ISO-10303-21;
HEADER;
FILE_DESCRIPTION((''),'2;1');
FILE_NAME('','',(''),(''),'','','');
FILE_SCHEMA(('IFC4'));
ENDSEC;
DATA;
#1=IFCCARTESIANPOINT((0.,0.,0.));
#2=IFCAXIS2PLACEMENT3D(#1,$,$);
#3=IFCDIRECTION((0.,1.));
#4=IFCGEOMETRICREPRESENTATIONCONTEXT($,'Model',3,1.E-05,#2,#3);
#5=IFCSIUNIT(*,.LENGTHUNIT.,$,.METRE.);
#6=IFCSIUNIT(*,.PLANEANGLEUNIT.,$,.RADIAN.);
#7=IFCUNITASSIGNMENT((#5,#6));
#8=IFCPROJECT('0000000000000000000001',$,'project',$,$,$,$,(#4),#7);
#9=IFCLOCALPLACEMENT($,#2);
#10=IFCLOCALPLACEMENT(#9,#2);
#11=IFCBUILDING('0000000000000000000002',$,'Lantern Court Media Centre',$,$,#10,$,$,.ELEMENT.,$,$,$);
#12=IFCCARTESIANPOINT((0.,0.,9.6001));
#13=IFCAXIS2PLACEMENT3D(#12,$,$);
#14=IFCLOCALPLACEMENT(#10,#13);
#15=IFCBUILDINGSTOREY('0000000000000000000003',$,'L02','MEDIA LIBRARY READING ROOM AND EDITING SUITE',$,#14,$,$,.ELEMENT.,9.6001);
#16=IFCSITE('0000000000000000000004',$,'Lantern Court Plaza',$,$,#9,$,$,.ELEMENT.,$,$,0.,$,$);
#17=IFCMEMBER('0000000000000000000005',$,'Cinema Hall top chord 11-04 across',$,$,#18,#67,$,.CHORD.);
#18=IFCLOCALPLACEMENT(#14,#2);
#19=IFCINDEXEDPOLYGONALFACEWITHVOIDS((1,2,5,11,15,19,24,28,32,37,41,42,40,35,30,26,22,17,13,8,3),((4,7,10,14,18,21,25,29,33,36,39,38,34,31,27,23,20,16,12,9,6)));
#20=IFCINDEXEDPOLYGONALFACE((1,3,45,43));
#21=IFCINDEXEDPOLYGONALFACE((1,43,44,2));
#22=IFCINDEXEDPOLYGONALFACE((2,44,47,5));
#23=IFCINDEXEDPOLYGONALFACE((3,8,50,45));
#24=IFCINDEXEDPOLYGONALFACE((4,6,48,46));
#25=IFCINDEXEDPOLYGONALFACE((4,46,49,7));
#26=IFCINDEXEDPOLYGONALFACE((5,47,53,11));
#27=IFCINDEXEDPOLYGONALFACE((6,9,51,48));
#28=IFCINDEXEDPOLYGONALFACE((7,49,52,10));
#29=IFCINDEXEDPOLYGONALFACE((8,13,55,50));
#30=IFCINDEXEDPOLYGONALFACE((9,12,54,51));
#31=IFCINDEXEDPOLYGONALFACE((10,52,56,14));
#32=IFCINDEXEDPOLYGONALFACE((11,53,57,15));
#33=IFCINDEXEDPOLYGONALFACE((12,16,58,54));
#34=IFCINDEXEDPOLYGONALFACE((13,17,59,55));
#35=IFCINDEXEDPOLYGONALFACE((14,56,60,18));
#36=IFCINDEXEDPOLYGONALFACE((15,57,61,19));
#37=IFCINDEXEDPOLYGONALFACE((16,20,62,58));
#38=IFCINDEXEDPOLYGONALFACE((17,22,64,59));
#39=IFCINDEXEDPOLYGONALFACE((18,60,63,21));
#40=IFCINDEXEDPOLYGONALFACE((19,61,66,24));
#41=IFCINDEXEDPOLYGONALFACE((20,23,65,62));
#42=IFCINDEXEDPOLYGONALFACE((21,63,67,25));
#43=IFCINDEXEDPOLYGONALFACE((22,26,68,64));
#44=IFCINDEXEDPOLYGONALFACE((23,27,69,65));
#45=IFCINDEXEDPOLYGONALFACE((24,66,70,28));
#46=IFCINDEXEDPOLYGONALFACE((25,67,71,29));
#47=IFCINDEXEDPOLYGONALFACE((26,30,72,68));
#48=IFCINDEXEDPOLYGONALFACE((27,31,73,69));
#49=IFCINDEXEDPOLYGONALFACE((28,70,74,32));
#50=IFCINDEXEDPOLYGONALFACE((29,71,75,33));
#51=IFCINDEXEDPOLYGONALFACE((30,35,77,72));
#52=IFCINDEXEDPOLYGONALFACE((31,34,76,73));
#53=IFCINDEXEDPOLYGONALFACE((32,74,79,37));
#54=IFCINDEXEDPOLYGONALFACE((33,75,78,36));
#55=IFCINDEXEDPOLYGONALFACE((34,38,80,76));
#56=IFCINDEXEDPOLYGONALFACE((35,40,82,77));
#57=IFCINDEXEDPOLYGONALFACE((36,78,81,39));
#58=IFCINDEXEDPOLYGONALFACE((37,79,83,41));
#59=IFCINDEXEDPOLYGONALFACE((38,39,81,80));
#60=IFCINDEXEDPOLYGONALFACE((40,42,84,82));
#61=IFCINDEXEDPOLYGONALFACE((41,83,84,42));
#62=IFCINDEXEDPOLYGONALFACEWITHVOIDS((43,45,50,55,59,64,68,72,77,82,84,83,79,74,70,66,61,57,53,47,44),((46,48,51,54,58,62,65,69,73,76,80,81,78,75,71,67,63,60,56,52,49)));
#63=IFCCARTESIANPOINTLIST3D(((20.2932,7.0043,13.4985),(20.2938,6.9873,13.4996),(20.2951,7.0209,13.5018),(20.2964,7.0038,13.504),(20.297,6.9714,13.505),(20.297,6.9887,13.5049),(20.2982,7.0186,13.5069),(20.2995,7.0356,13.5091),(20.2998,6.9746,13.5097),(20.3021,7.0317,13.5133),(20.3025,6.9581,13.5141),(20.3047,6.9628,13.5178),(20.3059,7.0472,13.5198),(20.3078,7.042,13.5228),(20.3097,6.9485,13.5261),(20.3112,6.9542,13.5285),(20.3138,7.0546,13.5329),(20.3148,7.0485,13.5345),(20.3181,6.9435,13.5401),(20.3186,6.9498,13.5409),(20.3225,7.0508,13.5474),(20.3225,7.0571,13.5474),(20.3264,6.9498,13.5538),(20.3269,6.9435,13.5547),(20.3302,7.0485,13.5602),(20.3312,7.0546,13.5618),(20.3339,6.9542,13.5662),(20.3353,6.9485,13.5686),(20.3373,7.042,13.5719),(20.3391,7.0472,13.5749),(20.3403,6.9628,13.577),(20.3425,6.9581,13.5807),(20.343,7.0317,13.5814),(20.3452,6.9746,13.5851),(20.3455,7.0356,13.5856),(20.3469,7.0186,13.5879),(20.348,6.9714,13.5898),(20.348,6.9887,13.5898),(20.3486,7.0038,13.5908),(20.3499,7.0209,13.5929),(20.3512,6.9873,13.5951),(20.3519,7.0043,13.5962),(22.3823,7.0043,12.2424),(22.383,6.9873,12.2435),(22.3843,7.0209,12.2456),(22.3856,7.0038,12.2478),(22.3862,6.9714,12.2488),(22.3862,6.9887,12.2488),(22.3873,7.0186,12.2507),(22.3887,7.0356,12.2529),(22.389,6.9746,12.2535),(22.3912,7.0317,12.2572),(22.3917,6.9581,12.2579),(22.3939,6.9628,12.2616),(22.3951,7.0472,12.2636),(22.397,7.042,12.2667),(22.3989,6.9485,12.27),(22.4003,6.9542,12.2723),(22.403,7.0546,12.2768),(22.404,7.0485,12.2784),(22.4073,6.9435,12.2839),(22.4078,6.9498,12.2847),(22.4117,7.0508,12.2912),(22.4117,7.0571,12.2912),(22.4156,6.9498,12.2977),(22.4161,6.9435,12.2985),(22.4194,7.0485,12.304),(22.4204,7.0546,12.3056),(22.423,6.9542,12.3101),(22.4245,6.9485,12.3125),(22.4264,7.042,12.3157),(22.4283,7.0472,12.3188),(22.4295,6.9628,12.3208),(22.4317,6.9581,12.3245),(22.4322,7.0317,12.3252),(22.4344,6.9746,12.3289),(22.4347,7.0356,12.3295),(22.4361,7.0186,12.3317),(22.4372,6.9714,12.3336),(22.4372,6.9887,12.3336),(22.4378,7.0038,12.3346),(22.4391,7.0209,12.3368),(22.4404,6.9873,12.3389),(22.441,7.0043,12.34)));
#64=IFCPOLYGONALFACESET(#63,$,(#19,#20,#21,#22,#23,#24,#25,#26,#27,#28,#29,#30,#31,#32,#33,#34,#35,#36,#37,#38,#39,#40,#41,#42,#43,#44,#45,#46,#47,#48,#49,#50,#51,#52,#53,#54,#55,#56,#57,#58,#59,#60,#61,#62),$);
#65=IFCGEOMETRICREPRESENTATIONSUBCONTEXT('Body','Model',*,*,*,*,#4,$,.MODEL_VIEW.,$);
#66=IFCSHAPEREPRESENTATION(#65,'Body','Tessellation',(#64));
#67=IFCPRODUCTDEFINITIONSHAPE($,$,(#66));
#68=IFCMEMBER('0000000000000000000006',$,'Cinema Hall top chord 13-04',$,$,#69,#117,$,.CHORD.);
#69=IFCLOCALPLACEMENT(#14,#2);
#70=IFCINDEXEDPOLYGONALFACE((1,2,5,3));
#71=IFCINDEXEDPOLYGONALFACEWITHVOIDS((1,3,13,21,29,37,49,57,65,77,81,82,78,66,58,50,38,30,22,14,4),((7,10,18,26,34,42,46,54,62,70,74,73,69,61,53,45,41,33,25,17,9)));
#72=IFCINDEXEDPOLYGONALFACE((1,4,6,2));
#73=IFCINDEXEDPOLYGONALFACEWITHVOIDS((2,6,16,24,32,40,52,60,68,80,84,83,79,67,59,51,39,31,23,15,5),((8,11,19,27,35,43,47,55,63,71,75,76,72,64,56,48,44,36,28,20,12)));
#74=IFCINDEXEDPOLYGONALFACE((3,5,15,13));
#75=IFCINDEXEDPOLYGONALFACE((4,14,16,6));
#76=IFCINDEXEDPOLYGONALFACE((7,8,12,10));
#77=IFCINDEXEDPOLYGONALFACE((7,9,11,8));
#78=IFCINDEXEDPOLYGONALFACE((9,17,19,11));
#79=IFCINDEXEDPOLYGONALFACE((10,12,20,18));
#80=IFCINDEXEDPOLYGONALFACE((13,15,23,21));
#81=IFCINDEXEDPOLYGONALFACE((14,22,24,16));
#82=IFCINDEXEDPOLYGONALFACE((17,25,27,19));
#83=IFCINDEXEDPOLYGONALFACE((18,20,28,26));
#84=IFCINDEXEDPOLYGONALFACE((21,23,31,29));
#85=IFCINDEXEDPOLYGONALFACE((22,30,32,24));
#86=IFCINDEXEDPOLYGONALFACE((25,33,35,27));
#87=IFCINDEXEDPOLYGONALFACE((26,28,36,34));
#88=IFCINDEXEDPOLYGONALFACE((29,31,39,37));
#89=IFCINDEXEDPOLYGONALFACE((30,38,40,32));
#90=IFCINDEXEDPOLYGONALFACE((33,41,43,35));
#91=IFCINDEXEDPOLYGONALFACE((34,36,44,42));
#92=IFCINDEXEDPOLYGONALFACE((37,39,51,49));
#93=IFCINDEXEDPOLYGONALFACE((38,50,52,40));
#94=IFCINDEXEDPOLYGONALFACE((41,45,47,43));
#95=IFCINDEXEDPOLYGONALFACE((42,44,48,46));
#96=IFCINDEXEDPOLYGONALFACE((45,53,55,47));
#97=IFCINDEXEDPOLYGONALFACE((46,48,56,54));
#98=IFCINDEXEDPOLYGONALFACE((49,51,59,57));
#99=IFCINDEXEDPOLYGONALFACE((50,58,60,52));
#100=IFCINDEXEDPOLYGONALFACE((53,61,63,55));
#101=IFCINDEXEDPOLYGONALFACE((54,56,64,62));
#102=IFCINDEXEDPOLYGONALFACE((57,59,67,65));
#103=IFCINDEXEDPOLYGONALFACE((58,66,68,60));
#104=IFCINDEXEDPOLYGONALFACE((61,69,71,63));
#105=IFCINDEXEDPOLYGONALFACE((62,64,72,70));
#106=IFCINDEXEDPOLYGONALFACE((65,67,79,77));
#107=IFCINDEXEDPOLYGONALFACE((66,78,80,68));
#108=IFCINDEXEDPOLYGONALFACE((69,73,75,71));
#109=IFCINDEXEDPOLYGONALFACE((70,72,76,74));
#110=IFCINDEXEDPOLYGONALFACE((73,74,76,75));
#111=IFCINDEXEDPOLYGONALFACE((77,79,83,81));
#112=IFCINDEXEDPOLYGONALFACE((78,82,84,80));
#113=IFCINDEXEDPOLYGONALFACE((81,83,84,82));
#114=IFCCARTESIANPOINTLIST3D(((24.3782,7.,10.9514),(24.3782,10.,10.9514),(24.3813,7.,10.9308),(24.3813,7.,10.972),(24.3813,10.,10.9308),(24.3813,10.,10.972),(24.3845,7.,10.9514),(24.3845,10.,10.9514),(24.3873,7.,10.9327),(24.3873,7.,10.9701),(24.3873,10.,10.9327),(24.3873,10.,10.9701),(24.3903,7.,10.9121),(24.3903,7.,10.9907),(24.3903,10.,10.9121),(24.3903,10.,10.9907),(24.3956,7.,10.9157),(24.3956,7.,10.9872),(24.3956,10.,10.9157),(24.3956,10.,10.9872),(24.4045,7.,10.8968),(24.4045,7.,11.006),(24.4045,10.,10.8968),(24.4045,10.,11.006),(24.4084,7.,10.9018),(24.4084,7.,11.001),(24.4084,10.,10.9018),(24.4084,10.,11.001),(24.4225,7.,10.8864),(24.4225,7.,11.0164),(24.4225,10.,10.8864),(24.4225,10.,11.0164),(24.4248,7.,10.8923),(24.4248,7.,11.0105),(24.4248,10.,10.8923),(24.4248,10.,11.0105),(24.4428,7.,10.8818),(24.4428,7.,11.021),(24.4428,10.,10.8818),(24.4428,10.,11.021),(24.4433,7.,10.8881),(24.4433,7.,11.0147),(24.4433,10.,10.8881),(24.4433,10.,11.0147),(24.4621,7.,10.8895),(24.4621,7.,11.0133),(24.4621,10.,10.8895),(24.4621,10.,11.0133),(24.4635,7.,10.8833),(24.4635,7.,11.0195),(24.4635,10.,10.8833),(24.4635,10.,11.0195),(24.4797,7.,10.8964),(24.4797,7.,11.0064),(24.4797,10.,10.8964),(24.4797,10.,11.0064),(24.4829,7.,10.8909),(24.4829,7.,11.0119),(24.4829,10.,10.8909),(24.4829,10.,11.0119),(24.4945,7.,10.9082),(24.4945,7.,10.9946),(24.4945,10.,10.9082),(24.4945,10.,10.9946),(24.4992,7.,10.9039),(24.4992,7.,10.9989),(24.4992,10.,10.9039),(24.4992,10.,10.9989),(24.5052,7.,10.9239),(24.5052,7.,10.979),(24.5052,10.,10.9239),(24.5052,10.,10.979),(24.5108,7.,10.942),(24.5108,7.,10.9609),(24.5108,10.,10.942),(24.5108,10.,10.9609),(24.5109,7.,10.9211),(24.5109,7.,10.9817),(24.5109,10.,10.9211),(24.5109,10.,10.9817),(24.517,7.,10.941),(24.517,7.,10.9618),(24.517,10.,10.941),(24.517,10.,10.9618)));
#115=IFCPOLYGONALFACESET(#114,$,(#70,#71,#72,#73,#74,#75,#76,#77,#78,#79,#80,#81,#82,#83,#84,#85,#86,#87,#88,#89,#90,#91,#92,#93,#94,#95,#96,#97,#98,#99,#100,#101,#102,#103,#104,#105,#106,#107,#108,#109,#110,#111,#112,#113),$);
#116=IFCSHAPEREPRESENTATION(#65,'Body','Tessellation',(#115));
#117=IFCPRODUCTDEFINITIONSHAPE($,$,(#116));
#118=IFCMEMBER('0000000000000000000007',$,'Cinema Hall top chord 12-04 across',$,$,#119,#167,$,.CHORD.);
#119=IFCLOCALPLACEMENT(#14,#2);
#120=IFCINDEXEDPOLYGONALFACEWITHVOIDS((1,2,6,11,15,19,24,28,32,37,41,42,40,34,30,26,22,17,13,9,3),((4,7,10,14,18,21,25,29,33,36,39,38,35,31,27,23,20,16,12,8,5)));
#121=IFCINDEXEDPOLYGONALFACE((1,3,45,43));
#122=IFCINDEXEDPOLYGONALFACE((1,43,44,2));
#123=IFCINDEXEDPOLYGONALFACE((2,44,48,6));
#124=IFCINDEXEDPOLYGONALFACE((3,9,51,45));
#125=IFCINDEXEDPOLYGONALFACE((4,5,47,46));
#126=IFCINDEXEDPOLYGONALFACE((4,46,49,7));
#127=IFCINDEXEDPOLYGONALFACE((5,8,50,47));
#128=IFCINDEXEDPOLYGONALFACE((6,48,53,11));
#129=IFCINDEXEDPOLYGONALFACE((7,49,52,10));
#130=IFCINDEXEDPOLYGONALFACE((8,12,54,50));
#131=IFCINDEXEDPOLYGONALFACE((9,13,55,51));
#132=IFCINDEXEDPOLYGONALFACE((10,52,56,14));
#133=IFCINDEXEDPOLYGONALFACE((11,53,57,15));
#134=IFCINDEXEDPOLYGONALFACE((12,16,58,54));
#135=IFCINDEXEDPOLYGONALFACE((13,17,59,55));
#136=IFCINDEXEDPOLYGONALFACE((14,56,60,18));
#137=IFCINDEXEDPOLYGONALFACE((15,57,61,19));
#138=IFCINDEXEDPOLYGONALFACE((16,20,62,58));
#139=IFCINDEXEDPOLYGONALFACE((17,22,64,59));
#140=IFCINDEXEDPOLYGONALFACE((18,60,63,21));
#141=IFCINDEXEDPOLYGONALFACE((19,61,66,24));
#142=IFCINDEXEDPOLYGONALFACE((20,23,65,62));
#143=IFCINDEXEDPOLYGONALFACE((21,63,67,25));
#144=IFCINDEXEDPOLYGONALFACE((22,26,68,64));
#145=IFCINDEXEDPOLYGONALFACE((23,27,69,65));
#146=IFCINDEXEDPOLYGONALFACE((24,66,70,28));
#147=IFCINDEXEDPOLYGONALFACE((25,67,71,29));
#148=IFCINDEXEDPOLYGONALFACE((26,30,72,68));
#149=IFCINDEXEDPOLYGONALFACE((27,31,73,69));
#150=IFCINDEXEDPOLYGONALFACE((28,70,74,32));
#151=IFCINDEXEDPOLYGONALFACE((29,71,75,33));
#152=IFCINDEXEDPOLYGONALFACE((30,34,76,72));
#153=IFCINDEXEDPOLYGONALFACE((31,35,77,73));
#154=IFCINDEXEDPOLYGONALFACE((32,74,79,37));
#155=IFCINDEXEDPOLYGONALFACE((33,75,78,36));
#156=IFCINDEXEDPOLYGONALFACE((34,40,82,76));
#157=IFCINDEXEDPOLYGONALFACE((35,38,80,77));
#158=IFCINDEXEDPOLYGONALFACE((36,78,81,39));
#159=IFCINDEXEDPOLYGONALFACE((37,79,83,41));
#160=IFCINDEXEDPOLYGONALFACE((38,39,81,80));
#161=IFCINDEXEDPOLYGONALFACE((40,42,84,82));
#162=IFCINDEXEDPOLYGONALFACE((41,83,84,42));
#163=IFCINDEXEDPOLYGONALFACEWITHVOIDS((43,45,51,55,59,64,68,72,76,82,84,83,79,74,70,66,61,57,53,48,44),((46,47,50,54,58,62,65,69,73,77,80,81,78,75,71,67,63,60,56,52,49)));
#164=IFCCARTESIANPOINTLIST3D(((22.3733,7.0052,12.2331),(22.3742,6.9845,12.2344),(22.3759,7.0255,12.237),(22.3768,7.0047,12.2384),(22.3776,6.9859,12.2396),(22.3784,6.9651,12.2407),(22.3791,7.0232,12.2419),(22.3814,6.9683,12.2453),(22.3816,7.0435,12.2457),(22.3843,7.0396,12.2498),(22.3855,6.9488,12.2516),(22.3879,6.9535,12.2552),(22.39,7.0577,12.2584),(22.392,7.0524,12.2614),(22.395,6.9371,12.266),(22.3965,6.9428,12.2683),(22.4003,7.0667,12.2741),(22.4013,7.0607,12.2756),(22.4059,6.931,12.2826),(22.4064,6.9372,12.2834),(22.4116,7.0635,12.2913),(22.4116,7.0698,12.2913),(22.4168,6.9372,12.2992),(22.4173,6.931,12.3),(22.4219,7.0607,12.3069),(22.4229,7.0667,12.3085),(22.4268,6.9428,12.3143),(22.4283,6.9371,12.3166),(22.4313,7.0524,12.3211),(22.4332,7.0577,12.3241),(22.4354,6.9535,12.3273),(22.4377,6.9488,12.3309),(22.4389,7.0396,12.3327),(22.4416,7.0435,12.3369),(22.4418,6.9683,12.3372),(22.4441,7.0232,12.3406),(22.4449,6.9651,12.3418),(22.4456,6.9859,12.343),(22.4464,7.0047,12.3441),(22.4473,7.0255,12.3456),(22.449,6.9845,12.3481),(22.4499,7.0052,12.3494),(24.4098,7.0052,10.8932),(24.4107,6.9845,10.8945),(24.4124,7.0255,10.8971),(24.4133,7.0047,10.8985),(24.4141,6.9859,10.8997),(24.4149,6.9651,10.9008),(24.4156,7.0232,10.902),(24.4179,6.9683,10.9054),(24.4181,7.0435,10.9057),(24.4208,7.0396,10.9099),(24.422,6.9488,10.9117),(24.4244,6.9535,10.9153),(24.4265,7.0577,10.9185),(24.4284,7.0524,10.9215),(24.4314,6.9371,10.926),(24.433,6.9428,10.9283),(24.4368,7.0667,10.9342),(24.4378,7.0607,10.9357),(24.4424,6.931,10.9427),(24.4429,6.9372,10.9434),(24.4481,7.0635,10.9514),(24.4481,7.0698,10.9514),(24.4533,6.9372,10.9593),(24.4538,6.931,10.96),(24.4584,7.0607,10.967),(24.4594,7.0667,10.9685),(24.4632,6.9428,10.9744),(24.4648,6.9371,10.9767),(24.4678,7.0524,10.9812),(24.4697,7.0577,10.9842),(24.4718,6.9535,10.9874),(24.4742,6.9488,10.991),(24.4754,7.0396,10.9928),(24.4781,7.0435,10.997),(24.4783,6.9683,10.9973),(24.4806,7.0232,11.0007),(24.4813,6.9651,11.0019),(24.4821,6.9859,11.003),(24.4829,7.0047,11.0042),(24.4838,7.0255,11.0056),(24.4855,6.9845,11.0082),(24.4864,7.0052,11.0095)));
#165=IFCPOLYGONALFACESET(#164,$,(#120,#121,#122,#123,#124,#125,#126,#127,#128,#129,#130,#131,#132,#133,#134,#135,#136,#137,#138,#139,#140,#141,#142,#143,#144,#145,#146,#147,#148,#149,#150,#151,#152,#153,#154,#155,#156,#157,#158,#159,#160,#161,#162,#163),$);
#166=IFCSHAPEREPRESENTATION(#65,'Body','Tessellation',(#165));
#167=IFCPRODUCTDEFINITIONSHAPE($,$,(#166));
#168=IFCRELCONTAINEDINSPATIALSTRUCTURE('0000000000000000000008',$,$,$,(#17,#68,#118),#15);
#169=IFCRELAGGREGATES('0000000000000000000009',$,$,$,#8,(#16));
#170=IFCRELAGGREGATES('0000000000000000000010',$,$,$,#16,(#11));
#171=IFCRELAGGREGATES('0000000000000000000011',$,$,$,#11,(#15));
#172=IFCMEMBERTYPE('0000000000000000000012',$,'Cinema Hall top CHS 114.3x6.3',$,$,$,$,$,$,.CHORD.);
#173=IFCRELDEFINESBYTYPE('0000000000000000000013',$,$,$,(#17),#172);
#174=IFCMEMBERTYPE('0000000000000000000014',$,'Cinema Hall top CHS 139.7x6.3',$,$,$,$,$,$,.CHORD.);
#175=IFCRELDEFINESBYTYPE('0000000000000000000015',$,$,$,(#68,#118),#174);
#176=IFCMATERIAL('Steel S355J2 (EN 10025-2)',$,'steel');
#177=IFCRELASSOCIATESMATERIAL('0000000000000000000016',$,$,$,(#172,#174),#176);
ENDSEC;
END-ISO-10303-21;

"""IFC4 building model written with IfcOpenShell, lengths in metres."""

from ifc_helpers import new_model, si_unit, direction, frame, origin, origin_2d, place, context, subcontext, project, spatial, hollow_circle, extrude, material, material_profile, profile_set, type_object, element, save


model = new_model("IFC4")

# Units and contexts
model_context = context("Model", 3, precision=1e-05, world=origin(), true_north=direction((0.0, 1.0)))
body_context = subcontext(model_context, "Body", "Model", "MODEL_VIEW")
ifc_project = project(units=[si_unit("LENGTHUNIT", "METRE"), si_unit("PLANEANGLEUNIT", "RADIAN")], contexts=[model_context])

# Site, building, storey
site_placement = place(None, origin())
site = spatial("IfcSite", under=ifc_project, at=site_placement, Name="Lantern Court Plaza", CompositionType="ELEMENT", RefElevation=0.0)
building_placement = place(site_placement, origin())
building = spatial("IfcBuilding", under=site, at=building_placement, Name="Lantern Court Media Centre", CompositionType="ELEMENT")
storey_placement = place(building_placement, frame((0.0, 0.0, 9.6001)))
storey = spatial("IfcBuildingStorey", under=building, at=storey_placement, Name="L02", Description="MEDIA LIBRARY READING ROOM AND EDITING SUITE", CompositionType="ELEMENT", Elevation=9.6001)

# Members
ifc_material = material(Name="Steel S355J2 (EN 10025-2)", Category="steel")
ifc_material_profile_1 = material_profile(ifc_material, hollow_circle(Radius=0.0571, WallThickness=0.0063, at=origin_2d()), Name="Cinema Hall top CHS 114.3x6.3")
ifc_profile_set_1 = profile_set([ifc_material_profile_1], Name="Steel S355J2 (EN 10025-2)")
member_type_1 = type_object("IfcMemberType", Name="Cinema Hall top CHS 114.3x6.3", PredefinedType="CHORD", material=ifc_profile_set_1)
member_1_placement = place(storey_placement, frame((20.3225, 7.0, 13.5474), z_axis=(0.857015, 0.0, -0.515291), x_axis=(0.0, 1.0, 0.0)))
element("IfcMember", 1, at=member_1_placement, inside=storey, type_object=member_type_1, Name="Cinema Hall top chord 11-04 across", PredefinedType="CHORD", context=body_context, shape_type="SweptSolid", body=[
    extrude(hollow_circle(Radius=0.0571, WallThickness=0.0063, at=origin_2d()), origin(), (0.0, 0.0, 1.0), 2.4377),
])
ifc_material_profile_2 = material_profile(ifc_material, hollow_circle(Radius=0.0698, WallThickness=0.0063, at=origin_2d()), Name="Cinema Hall top CHS 139.7x6.3")
ifc_profile_set_2 = profile_set([ifc_material_profile_2], Name="Steel S355J2 (EN 10025-2)")
member_type_2 = type_object("IfcMemberType", Name="Cinema Hall top CHS 139.7x6.3", PredefinedType="CHORD", material=ifc_profile_set_2)
member_2_placement = place(storey_placement, frame((24.448, 7.0, 10.9514), z_axis=(0.0, 1.0, 0.0), x_axis=(-1.0, 0.0, 0.0)))
element("IfcMember", 2, at=member_2_placement, inside=storey, type_object=member_type_2, Name="Cinema Hall top chord 13-04", PredefinedType="CHORD", context=body_context, shape_type="SweptSolid", body=[
    extrude(hollow_circle(Radius=0.0698, WallThickness=0.0063, at=origin_2d()), origin(), (0.0, 0.0, 1.0), 3.0),
])
member_3_placement = place(storey_placement, frame((22.4116, 7.0, 12.2913), z_axis=(0.835394, 0.0, -0.549651), x_axis=(0.0, 1.0, 0.0)))
element("IfcMember", 3, at=member_3_placement, inside=storey, type_object=member_type_2, Name="Cinema Hall top chord 12-04 across", PredefinedType="CHORD", context=body_context, shape_type="SweptSolid", body=[
    extrude(hollow_circle(Radius=0.0698, WallThickness=0.0063, at=origin_2d()), origin(), (0.0, 0.0, 1.0), 2.4377),
])

save(model, "model.ifc")
